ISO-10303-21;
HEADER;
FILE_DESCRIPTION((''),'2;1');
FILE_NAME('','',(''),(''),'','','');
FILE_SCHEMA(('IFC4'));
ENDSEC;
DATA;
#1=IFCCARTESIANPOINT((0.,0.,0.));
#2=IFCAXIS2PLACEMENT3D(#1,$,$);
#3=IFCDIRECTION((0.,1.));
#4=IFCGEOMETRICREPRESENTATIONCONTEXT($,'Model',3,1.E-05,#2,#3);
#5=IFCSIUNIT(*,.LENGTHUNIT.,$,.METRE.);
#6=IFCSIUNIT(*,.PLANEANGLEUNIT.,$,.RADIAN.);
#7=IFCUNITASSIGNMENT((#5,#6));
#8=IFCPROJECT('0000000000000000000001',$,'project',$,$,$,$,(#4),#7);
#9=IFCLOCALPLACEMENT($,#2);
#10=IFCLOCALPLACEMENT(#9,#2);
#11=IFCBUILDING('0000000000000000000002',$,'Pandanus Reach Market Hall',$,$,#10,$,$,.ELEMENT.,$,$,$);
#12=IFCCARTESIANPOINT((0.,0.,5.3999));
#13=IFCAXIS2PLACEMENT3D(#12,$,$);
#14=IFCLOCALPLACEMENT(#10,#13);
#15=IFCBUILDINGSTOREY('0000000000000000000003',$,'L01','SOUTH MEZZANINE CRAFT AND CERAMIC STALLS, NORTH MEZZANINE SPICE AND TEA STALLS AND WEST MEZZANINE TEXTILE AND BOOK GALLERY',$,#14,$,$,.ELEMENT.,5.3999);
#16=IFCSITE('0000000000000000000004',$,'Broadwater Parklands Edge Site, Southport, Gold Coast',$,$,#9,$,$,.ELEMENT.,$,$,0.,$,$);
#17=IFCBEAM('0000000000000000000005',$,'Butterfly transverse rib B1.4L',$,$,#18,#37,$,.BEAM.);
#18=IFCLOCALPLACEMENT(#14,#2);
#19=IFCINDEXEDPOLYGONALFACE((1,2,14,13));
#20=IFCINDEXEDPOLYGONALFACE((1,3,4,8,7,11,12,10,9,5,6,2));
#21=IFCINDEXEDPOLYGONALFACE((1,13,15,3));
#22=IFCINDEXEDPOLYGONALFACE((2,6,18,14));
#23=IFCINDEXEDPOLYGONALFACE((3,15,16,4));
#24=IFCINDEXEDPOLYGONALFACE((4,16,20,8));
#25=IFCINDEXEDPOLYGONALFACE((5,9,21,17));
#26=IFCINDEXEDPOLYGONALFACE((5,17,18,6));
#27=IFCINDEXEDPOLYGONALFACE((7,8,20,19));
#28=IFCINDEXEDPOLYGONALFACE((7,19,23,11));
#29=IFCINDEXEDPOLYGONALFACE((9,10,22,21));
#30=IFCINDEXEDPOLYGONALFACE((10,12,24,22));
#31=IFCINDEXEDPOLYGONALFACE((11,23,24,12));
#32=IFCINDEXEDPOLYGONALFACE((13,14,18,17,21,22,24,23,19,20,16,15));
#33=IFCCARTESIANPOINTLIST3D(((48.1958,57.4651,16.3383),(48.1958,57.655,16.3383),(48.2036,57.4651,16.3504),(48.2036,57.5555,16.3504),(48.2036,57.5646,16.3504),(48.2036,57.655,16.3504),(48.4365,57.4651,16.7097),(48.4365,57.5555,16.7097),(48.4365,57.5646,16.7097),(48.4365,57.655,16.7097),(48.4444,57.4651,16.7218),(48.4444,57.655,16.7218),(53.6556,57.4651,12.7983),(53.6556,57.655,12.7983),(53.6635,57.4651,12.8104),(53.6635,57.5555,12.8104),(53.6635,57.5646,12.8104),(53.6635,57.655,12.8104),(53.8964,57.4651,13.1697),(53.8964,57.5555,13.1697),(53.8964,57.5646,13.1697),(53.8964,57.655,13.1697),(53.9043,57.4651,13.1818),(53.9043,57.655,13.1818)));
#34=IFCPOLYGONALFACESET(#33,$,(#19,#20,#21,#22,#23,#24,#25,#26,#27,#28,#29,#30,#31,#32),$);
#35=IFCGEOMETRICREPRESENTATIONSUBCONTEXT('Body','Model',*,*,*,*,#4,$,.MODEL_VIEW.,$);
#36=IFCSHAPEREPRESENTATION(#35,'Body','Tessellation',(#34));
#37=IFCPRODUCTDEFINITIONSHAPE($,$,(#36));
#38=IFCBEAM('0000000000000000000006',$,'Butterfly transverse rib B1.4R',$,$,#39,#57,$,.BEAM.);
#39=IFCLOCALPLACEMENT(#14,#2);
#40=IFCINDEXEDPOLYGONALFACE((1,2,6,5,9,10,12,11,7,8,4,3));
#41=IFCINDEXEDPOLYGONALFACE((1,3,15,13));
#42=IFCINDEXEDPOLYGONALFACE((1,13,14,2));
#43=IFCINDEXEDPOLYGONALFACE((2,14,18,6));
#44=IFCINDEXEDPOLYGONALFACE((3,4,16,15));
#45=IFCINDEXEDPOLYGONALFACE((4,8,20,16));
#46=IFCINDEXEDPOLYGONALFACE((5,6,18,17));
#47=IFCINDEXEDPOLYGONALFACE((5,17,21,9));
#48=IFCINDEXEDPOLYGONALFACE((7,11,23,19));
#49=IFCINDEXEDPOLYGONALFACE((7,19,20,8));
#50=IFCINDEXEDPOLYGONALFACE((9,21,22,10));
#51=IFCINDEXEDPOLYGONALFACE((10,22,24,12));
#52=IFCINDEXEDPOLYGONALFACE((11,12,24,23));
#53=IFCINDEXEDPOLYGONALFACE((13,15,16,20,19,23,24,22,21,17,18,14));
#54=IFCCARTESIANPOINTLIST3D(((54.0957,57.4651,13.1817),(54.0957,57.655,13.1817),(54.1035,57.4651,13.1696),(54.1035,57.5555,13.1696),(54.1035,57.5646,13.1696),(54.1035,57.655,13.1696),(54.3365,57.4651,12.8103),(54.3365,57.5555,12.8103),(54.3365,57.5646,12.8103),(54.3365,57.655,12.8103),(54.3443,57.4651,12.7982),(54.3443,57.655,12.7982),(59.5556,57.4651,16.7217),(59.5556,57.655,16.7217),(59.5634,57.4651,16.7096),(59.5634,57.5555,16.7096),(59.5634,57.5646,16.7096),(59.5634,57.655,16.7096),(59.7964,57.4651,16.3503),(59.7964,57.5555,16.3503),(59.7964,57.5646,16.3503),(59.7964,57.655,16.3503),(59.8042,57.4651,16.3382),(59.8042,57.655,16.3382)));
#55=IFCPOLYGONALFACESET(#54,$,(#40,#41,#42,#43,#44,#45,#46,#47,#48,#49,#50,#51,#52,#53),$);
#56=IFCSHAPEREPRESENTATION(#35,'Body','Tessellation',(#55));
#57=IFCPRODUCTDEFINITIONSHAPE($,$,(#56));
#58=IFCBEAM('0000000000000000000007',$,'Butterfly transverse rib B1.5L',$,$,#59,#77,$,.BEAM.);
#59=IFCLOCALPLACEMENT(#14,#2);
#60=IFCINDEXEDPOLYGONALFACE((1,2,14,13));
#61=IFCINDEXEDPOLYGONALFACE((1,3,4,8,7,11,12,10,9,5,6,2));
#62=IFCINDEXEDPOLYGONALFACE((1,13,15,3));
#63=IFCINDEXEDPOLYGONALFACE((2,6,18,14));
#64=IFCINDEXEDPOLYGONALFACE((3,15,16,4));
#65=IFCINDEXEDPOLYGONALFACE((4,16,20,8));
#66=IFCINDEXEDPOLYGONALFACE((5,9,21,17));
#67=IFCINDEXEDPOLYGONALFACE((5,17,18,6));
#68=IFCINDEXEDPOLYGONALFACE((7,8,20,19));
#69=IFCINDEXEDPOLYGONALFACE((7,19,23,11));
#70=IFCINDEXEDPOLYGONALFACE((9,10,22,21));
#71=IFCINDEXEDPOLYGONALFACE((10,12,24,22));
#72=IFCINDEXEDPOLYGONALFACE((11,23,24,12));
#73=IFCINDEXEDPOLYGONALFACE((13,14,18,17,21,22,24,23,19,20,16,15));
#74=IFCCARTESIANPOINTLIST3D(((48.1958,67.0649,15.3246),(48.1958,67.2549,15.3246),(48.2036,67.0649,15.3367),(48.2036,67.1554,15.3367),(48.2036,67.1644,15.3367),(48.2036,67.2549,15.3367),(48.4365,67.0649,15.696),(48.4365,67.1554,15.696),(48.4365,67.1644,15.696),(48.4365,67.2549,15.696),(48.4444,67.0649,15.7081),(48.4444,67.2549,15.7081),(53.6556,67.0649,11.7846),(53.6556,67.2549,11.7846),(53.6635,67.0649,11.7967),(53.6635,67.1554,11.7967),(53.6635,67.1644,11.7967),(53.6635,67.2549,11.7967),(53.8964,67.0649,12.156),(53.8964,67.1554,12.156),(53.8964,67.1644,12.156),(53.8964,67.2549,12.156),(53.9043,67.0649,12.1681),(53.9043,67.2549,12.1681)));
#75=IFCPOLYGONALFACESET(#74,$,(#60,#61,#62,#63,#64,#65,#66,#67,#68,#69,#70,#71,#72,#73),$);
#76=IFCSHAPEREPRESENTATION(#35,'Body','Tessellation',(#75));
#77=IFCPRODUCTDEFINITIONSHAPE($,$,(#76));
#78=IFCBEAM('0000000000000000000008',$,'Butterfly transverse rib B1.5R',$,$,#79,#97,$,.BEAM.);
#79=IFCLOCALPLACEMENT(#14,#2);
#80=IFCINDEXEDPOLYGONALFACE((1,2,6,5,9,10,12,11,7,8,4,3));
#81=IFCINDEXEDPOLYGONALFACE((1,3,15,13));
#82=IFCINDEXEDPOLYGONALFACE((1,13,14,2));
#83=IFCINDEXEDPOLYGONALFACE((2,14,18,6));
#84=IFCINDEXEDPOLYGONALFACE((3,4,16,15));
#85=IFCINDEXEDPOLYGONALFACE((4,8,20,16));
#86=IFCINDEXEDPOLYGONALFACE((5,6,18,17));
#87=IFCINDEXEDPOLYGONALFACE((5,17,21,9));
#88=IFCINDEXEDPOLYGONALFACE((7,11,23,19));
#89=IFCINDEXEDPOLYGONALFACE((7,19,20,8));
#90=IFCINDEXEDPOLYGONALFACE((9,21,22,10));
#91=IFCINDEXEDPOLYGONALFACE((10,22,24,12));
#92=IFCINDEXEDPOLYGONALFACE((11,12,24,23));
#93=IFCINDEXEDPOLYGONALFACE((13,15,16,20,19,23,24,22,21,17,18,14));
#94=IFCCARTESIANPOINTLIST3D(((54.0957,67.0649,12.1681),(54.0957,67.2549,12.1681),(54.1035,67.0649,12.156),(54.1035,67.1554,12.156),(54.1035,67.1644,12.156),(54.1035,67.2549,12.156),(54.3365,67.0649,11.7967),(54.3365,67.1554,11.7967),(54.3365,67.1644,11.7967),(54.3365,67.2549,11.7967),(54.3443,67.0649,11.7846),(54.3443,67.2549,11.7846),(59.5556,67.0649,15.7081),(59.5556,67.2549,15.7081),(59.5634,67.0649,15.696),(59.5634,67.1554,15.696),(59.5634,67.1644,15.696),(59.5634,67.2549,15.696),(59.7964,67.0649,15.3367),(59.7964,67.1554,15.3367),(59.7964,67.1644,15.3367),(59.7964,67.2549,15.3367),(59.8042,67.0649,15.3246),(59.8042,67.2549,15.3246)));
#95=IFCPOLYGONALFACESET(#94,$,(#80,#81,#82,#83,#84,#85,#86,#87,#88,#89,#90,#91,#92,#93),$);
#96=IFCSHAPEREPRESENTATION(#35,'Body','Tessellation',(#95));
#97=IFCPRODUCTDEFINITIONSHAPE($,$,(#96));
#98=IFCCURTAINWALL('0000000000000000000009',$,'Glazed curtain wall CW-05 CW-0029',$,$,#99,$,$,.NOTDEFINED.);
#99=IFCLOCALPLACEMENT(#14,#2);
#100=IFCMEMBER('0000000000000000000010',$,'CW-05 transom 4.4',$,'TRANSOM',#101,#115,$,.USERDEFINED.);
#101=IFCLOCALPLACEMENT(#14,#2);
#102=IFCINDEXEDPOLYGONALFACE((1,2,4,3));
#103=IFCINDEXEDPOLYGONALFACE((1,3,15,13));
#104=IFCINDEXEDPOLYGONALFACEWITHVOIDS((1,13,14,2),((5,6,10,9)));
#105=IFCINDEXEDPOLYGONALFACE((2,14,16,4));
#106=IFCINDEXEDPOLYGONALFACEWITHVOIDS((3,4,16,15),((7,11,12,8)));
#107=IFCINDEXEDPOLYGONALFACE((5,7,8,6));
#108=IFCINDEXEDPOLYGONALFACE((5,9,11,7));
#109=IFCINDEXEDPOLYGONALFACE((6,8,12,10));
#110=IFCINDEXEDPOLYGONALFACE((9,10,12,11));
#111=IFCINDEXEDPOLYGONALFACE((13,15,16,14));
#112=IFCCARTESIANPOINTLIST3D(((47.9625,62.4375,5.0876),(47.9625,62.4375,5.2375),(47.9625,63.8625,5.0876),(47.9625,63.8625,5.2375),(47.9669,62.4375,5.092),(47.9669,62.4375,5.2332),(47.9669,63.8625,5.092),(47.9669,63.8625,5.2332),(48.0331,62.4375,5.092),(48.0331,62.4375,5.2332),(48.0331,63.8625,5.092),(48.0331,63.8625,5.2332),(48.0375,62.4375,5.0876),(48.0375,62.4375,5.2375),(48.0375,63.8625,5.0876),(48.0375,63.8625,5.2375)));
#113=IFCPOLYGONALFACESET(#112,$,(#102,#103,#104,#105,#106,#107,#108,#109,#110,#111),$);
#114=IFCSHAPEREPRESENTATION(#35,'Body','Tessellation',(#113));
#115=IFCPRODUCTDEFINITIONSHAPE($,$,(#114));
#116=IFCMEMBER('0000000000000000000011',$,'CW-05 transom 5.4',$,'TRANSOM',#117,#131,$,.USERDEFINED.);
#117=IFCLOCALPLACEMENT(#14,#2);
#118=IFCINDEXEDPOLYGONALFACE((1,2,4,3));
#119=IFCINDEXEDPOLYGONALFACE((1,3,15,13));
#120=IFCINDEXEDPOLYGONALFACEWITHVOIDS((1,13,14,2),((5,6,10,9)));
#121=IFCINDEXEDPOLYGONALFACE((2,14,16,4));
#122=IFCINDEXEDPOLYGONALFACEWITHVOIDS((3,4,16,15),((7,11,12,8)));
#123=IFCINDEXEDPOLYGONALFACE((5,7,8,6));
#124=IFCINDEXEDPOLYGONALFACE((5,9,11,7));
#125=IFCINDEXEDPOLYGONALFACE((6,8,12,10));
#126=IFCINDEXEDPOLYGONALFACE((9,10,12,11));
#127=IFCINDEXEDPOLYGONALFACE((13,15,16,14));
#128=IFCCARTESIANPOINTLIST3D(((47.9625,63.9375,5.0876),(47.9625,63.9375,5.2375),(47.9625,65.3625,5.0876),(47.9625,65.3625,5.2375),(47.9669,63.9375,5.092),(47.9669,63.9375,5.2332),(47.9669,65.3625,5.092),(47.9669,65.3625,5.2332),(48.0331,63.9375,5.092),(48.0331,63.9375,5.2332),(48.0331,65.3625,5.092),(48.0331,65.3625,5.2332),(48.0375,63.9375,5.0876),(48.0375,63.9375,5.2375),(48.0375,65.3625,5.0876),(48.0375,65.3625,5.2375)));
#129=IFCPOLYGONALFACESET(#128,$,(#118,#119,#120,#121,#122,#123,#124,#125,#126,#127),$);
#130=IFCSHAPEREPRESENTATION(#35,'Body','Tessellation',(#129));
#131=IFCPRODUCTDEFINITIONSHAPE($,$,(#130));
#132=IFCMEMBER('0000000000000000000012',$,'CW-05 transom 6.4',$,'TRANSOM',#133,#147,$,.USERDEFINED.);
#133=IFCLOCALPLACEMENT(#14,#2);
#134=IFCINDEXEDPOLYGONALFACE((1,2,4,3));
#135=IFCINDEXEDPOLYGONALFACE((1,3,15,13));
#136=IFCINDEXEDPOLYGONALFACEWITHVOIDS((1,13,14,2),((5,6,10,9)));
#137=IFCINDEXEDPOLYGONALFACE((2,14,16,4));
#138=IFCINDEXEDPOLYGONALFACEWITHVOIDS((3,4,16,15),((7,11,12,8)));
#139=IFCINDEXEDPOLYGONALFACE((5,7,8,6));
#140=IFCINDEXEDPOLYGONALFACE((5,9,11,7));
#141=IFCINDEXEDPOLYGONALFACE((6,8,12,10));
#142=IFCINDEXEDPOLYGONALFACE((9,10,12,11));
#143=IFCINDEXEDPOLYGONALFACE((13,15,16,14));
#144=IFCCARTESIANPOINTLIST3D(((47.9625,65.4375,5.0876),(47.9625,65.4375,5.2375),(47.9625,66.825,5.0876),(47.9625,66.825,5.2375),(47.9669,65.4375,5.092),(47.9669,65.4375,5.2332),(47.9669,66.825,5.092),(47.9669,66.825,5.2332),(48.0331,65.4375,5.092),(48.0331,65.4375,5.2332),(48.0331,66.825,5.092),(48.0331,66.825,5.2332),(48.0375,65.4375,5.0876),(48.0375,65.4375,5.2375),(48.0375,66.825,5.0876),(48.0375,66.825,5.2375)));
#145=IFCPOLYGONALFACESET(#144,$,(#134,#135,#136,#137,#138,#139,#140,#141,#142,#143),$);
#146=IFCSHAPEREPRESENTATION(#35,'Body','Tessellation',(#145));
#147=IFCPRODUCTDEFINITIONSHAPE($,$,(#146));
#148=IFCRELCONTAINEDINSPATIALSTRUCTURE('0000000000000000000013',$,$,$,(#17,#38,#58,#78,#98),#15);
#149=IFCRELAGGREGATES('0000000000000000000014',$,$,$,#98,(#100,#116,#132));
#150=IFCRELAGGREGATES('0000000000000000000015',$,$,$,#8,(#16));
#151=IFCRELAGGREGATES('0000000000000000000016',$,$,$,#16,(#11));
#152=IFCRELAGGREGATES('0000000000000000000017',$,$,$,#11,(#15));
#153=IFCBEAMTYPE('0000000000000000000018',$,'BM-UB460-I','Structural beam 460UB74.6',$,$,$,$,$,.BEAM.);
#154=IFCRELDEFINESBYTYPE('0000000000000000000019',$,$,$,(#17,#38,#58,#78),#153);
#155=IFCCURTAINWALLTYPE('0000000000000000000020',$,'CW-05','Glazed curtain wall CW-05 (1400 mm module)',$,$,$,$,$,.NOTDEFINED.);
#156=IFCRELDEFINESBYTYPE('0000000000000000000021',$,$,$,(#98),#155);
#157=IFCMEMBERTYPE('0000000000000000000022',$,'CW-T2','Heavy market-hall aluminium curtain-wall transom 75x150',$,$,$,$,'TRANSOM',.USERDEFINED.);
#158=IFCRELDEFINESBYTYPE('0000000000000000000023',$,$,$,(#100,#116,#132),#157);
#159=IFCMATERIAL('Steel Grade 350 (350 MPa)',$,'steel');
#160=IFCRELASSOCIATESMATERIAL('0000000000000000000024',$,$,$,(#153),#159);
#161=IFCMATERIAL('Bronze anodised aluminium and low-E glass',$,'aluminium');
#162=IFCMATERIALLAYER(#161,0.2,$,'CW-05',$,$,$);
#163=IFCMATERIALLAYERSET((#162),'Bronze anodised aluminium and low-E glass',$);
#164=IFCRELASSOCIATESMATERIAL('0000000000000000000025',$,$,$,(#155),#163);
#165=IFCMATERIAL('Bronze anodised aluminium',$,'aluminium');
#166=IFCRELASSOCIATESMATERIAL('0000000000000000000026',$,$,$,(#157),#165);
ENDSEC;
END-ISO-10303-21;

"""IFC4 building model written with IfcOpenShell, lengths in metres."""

from ifc_helpers import new_model, si_unit, direction, frame, origin, origin_2d, place, context, subcontext, project, spatial, hollow_rectangle, i_section, extrude, material, layer, layer_set, material_profile, profile_set, type_object, element, aggregate, save


model = new_model("IFC4")

# Units and contexts
model_context = context("Model", 3, precision=1e-05, world=origin(), true_north=direction((0.0, 1.0)))
body_context = subcontext(model_context, "Body", "Model", "MODEL_VIEW")
ifc_project = project(units=[si_unit("LENGTHUNIT", "METRE"), si_unit("PLANEANGLEUNIT", "RADIAN")], contexts=[model_context])

# Site, building, storey
site_placement = place(None, origin())
site = spatial("IfcSite", under=ifc_project, at=site_placement, Name="Broadwater Parklands Edge Site, Southport, Gold Coast", CompositionType="ELEMENT", RefElevation=0.0)
building_placement = place(site_placement, origin())
building = spatial("IfcBuilding", under=site, at=building_placement, Name="Pandanus Reach Market Hall", CompositionType="ELEMENT")
storey_placement = place(building_placement, frame((0.0, 0.0, 5.3999)))
storey = spatial("IfcBuildingStorey", under=building, at=storey_placement, Name="L01", Description="SOUTH MEZZANINE CRAFT AND CERAMIC STALLS, NORTH MEZZANINE SPICE AND TEA STALLS AND WEST MEZZANINE TEXTILE AND BOOK GALLERY", CompositionType="ELEMENT", Elevation=5.3999)

# Beams
ifc_material_1 = material(Name="Steel Grade 350 (350 MPa)", Category="steel")
ifc_material_profile_1 = material_profile(ifc_material_1, i_section(OverallWidth=0.1899, OverallDepth=0.457, WebThickness=0.009, FlangeThickness=0.0144, at=origin_2d()), Name="460UB74.6", Category="LoadBearing")
ifc_profile_set_1 = profile_set([ifc_material_profile_1], Name="Steel Grade 350 (350 MPa)")
beam_type_1 = type_object("IfcBeamType", Name="BM-UB460-I", Description="Structural beam 460UB74.6", PredefinedType="BEAM", material=ifc_profile_set_1)
for number, where, z_axis, x_axis, name in (
    (1, (48.3201, 57.5601, 16.53), (0.839071, 0.0, -0.544023), (0.0, 1.0, 0.0), "Butterfly transverse rib B1.4L"),
    (2, (54.22, 57.5601, 12.99), (0.839071, 0.0, 0.544023), (0.0, 1.0, 0.0), "Butterfly transverse rib B1.4R"),
    (3, (48.3201, 67.1599, 15.5164), (0.839071, 0.0, -0.544023), (0.0, 1.0, 0.0), "Butterfly transverse rib B1.5L"),
    (4, (54.22, 67.1599, 11.9763), (0.839071, 0.0, 0.544023), (0.0, 1.0, 0.0), "Butterfly transverse rib B1.5R"),
):
    element("IfcBeam", number, at=place(storey_placement, frame(where, z_axis=z_axis, x_axis=x_axis)), inside=storey, type_object=beam_type_1, Name=name, PredefinedType="BEAM", context=body_context, shape_type="SweptSolid", body=[
        extrude(i_section(OverallWidth=0.1899, OverallDepth=0.457, WebThickness=0.009, FlangeThickness=0.0144, at=origin_2d()), origin(), (0.0, 0.0, 1.0), 6.5071),
    ])

# Curtain wall, members
ifc_material_2 = material(Name="Bronze anodised aluminium and low-E glass", Category="aluminium")
ifc_layer = layer(ifc_material_2, 0.2, Name="CW-05")
ifc_layer_set = layer_set([ifc_layer], Name="Bronze anodised aluminium and low-E glass")
curtain_wall_type = type_object("IfcCurtainWallType", Name="CW-05", Description="Glazed curtain wall CW-05 (1400 mm module)", PredefinedType="NOTDEFINED", material=ifc_layer_set)
curtain_wall_placement = place(storey_placement, origin())
curtain_wall = element("IfcCurtainWall", 5, at=curtain_wall_placement, inside=storey, type_object=curtain_wall_type, Name="Glazed curtain wall CW-05 CW-0029", PredefinedType="NOTDEFINED")
ifc_material_3 = material(Name="Bronze anodised aluminium", Category="aluminium")
ifc_material_profile_2 = material_profile(ifc_material_3, hollow_rectangle(XDim=0.075, YDim=0.1499, WallThickness=0.0044, at=origin_2d()), Name="ALU75x150", Category="LoadBearing")
ifc_profile_set_2 = profile_set([ifc_material_profile_2], Name="Bronze anodised aluminium")
member_type_1 = type_object("IfcMemberType", Name="CW-T2", Description="Heavy market-hall aluminium curtain-wall transom 75x150", ElementType="TRANSOM", PredefinedType="USERDEFINED", material=ifc_profile_set_2)
member_1_placement = place(storey_placement, frame((48.0, 62.4375, 5.1626), z_axis=(0.0, 1.0, 0.0), x_axis=(-1.0, 0.0, 0.0)))
member_1 = element("IfcMember", 6, at=member_1_placement, type_object=member_type_1, Name="CW-05 transom 4.4", ObjectType="TRANSOM", PredefinedType="USERDEFINED", context=body_context, shape_type="SweptSolid", body=[
    extrude(hollow_rectangle(XDim=0.075, YDim=0.1499, WallThickness=0.0044, at=origin_2d()), origin(), (0.0, 0.0, 1.0), 1.425),
])
member_2_placement = place(storey_placement, frame((48.0, 63.9375, 5.1626), z_axis=(0.0, 1.0, 0.0), x_axis=(-1.0, 0.0, 0.0)))
member_2 = element("IfcMember", 7, at=member_2_placement, type_object=member_type_1, Name="CW-05 transom 5.4", ObjectType="TRANSOM", PredefinedType="USERDEFINED", context=body_context, shape_type="SweptSolid", body=[
    extrude(hollow_rectangle(XDim=0.075, YDim=0.1499, WallThickness=0.0044, at=origin_2d()), origin(), (0.0, 0.0, 1.0), 1.425),
])
member_3_placement = place(storey_placement, frame((48.0, 65.4375, 5.1626), z_axis=(0.0, 1.0, 0.0), x_axis=(-1.0, 0.0, 0.0)))
member_3 = element("IfcMember", 8, at=member_3_placement, type_object=member_type_1, Name="CW-05 transom 6.4", ObjectType="TRANSOM", PredefinedType="USERDEFINED", context=body_context, shape_type="SweptSolid", body=[
    extrude(hollow_rectangle(XDim=0.075, YDim=0.1499, WallThickness=0.0044, at=origin_2d()), origin(), (0.0, 0.0, 1.0), 1.3875),
])
aggregate(curtain_wall, [member_1, member_2, member_3])

save(model, "model.ifc")
